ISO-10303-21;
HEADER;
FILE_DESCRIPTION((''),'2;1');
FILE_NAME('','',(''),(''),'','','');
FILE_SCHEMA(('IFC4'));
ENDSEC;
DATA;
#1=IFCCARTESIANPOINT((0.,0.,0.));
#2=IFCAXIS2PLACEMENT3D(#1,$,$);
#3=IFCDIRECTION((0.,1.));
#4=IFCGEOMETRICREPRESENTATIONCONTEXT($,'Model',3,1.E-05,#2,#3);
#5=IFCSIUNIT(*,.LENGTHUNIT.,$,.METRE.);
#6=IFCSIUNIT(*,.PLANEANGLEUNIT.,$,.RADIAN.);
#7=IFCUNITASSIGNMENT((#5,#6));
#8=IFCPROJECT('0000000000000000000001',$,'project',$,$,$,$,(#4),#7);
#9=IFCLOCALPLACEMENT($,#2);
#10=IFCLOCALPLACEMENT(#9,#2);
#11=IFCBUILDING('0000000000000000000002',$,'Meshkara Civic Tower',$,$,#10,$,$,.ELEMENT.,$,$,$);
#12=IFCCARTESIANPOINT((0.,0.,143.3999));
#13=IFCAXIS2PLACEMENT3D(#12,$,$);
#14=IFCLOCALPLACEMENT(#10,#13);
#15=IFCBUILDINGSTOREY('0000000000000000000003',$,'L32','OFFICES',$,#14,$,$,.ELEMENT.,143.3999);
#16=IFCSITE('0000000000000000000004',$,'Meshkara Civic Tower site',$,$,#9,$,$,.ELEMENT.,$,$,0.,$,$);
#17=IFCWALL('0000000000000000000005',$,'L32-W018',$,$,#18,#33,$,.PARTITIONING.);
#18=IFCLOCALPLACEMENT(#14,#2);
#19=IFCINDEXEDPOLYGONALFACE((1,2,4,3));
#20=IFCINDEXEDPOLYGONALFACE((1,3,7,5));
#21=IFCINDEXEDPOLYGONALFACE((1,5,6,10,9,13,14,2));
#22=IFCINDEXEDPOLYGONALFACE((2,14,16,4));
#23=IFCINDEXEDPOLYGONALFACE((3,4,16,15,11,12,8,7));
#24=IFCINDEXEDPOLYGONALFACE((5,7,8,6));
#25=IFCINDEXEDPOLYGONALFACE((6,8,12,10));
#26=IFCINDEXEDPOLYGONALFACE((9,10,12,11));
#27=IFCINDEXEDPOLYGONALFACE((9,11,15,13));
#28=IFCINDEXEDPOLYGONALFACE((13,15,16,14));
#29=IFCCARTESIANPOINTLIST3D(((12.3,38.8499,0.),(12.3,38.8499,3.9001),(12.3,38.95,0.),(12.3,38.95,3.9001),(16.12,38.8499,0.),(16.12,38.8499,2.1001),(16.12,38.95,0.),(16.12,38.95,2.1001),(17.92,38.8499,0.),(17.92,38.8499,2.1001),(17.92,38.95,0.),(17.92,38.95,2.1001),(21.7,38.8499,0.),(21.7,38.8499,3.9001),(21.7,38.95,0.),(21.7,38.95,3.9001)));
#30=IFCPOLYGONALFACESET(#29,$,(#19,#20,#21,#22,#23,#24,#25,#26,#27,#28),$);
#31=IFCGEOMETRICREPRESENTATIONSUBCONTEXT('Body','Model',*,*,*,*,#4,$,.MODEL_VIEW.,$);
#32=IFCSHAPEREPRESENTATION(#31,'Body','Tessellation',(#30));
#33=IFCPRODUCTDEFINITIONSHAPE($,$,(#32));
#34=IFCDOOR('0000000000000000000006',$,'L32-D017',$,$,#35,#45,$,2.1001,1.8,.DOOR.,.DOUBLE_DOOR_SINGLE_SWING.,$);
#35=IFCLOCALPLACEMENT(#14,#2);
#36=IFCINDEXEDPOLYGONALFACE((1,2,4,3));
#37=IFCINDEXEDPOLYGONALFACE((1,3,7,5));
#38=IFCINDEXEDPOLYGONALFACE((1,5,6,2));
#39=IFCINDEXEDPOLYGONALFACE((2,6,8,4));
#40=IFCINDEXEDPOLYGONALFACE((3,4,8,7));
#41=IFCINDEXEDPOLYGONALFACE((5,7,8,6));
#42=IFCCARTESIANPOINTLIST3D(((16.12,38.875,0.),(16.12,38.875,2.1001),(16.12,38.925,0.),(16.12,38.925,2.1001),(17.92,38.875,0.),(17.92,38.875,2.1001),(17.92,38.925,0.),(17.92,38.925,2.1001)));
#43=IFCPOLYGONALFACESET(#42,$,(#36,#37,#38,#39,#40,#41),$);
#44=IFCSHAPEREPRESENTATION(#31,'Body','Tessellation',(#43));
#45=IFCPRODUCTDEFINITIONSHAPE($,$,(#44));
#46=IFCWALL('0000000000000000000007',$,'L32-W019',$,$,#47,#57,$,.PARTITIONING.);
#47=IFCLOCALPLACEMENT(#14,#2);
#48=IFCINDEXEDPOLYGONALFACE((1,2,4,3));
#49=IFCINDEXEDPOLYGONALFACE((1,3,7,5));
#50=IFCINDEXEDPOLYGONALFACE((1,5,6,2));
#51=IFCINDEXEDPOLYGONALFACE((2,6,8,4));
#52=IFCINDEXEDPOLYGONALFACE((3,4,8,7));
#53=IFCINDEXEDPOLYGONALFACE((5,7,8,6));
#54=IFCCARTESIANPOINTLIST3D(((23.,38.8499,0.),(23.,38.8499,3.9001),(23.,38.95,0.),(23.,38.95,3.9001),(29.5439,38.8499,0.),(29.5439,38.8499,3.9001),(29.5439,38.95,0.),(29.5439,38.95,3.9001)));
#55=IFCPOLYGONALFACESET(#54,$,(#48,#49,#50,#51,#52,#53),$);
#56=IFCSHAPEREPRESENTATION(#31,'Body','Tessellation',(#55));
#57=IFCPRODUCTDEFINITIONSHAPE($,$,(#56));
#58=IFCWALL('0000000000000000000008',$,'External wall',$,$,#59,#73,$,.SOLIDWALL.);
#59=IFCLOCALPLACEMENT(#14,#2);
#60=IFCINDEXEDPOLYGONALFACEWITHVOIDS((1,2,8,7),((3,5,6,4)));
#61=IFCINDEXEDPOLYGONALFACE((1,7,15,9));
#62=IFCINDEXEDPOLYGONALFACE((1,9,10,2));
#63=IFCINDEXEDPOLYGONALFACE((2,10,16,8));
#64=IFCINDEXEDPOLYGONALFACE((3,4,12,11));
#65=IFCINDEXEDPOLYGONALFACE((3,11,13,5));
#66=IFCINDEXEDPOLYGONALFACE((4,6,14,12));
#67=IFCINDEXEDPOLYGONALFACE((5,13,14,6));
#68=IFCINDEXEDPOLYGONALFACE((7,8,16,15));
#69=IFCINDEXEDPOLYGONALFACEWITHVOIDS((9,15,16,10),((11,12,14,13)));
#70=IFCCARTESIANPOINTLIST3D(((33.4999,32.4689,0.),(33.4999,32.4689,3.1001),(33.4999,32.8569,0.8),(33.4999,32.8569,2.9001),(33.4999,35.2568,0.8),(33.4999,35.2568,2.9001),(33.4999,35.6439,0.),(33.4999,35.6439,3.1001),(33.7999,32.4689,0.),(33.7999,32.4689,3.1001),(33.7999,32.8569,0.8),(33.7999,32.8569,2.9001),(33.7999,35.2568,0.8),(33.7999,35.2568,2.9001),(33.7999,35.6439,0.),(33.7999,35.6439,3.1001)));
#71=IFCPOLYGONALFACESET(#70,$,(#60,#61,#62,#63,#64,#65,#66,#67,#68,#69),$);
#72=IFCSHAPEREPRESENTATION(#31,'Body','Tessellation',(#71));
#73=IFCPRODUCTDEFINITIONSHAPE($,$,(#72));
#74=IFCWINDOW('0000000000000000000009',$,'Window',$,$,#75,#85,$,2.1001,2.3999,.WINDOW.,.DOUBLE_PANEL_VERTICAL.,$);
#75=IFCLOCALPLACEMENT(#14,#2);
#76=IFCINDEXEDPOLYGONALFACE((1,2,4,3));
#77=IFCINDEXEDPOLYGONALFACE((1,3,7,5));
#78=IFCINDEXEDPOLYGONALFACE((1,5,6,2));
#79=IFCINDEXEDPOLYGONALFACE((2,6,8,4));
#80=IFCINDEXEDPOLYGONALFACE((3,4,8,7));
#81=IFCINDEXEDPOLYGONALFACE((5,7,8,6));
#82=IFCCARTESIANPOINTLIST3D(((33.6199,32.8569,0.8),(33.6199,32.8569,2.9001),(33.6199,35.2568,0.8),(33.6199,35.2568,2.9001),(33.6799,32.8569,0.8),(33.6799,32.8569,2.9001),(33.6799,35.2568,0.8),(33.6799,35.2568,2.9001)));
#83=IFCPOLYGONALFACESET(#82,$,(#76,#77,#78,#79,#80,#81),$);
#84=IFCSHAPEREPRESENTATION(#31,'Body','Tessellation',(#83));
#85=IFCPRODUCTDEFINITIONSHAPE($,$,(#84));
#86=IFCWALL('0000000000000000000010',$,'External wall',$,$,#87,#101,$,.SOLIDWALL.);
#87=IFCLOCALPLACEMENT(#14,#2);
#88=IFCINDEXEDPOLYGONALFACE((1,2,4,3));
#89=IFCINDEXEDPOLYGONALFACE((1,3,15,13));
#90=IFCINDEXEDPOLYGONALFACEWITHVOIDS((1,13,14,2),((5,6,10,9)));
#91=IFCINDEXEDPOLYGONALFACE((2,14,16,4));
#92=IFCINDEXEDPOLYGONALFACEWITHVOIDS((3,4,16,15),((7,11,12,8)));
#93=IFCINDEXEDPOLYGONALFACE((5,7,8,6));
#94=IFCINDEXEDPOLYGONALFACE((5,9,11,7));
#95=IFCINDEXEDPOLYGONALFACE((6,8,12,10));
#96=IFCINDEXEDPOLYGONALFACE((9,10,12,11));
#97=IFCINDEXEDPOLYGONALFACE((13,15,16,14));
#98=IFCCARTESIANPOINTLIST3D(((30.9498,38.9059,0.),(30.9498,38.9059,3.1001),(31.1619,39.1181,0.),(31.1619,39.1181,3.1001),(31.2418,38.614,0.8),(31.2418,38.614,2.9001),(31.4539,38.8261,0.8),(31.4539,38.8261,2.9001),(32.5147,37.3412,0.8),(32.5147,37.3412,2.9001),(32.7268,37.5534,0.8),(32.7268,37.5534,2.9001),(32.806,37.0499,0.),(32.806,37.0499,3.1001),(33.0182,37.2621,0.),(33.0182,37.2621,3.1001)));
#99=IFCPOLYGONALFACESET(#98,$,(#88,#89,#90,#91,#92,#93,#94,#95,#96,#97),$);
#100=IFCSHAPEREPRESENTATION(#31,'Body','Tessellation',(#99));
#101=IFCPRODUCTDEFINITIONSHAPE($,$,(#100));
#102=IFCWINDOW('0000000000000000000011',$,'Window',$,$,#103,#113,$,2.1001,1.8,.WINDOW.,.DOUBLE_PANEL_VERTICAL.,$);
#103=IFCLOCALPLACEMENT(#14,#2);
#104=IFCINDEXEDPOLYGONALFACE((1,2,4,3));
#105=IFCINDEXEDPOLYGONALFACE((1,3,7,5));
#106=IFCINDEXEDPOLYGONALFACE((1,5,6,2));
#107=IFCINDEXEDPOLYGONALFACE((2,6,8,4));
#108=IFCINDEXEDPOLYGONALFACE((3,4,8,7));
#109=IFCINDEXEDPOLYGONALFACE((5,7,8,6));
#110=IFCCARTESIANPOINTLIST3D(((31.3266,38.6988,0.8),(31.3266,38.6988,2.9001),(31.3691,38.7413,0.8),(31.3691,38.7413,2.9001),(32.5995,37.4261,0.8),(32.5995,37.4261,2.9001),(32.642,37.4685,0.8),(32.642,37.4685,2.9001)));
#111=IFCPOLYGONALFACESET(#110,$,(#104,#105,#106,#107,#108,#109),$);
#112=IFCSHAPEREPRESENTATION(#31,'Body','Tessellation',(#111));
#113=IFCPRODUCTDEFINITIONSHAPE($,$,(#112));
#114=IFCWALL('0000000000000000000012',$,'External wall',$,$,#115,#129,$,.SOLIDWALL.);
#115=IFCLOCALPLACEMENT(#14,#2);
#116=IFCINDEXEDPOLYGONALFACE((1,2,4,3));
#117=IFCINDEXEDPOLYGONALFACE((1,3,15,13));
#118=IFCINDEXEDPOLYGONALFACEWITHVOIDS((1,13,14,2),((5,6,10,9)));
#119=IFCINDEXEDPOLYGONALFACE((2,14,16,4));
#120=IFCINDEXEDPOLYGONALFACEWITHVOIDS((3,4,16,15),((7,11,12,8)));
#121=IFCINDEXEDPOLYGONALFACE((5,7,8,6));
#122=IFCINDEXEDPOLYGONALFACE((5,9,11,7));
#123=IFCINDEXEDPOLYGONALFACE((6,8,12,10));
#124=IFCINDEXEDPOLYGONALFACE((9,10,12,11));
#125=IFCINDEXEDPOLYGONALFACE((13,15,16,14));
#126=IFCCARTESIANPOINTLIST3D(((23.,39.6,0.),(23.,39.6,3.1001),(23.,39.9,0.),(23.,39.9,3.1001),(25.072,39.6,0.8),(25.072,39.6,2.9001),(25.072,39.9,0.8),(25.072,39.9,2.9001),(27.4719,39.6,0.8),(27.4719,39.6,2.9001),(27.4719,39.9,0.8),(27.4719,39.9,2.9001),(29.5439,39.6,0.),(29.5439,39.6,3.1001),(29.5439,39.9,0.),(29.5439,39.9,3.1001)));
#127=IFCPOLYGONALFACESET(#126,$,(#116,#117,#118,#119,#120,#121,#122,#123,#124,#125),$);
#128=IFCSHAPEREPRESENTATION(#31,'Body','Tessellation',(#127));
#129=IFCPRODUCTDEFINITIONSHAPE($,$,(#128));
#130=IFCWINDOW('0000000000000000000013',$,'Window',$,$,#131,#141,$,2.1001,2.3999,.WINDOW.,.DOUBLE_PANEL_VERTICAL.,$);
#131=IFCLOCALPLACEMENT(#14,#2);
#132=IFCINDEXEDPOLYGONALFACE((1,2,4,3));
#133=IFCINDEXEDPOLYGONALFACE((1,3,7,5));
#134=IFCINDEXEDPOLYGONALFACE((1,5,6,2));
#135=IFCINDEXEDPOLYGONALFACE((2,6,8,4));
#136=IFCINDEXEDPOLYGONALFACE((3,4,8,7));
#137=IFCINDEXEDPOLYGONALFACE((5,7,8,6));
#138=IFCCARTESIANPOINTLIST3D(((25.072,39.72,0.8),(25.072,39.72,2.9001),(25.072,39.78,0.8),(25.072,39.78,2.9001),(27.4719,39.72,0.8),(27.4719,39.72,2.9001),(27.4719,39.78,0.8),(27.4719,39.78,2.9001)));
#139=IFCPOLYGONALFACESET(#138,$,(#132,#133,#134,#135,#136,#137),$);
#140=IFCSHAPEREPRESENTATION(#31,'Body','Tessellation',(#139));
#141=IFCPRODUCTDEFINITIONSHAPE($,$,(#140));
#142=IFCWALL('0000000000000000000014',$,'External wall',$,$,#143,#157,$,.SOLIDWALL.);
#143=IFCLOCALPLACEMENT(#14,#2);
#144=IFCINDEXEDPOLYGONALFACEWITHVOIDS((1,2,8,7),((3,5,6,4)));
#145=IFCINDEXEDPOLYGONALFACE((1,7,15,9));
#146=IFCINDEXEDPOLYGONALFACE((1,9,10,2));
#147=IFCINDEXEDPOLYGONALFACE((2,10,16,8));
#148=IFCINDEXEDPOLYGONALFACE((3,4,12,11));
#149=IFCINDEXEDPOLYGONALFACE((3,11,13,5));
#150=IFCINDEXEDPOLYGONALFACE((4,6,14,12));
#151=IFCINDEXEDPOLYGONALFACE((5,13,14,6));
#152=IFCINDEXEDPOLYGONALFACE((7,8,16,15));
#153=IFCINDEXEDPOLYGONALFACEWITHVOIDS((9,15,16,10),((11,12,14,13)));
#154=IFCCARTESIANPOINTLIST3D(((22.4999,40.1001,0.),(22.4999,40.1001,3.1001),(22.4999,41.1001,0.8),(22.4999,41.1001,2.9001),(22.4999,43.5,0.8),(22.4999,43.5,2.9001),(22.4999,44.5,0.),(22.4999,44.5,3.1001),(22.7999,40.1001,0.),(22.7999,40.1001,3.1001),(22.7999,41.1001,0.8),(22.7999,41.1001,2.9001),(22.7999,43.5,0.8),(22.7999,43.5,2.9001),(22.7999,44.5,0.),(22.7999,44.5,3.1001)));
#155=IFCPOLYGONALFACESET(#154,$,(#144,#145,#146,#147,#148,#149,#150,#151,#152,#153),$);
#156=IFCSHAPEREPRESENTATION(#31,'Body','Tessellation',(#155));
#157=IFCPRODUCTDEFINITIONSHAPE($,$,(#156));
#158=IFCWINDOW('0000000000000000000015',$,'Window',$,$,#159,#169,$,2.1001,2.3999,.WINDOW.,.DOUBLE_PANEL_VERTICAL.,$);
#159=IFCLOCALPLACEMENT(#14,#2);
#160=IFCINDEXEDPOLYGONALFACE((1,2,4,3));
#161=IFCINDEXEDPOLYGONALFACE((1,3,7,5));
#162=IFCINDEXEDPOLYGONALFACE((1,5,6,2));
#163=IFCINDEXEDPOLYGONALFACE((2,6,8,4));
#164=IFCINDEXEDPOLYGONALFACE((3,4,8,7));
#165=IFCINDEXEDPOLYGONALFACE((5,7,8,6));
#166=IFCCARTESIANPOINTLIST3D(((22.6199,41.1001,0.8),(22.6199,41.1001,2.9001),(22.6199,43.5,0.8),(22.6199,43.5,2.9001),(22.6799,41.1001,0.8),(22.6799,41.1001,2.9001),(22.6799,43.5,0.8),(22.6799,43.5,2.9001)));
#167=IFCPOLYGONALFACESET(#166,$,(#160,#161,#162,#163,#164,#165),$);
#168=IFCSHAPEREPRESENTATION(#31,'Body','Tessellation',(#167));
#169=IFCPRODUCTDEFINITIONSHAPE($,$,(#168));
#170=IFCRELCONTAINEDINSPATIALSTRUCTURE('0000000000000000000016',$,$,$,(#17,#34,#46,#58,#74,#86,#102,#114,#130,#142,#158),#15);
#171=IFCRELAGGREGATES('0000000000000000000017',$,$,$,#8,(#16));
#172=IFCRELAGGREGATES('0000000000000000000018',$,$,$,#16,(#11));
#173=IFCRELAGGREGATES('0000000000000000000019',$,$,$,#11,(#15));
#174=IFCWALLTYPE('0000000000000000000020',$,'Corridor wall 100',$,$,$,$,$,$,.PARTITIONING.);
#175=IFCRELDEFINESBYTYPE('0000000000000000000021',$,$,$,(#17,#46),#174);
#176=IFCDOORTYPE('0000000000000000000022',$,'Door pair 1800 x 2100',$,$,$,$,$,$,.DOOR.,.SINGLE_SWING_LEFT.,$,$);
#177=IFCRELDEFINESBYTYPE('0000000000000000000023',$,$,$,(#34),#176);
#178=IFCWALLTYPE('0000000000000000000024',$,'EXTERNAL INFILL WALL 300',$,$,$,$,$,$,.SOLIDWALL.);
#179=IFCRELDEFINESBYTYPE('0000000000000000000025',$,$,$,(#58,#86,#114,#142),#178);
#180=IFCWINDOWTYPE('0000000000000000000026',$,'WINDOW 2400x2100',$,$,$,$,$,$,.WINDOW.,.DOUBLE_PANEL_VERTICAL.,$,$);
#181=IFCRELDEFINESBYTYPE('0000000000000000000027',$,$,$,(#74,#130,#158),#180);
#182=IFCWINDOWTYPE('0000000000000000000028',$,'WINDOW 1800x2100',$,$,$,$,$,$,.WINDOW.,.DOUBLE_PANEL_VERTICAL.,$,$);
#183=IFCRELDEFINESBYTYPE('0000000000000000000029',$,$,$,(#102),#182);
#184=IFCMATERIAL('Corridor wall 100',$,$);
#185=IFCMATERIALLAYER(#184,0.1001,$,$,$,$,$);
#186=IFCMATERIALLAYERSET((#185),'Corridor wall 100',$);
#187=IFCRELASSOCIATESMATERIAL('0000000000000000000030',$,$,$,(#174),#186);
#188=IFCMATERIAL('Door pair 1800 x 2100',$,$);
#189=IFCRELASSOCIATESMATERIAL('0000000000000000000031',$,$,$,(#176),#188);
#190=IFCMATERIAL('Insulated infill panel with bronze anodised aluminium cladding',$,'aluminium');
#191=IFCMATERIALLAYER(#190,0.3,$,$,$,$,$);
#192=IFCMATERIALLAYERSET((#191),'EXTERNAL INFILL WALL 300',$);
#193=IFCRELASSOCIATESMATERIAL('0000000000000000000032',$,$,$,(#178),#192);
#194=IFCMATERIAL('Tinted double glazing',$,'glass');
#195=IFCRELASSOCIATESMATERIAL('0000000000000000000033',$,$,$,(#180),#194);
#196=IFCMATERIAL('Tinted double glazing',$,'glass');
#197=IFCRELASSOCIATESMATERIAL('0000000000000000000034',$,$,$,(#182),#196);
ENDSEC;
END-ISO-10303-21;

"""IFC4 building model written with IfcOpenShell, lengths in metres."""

from ifc_helpers import new_model, si_unit, direction, frame, frame_2d, origin, place, context, subcontext, project, spatial, rectangle, extrude, material, layer, layer_set, type_object, element, fill, save


model = new_model("IFC4")

# Units and contexts
model_context = context("Model", 3, precision=1e-05, world=origin(), true_north=direction((0.0, 1.0)))
body_context = subcontext(model_context, "Body", "Model", "MODEL_VIEW")
ifc_project = project(units=[si_unit("LENGTHUNIT", "METRE"), si_unit("PLANEANGLEUNIT", "RADIAN")], contexts=[model_context])

# Site, building, storey
site_placement = place(None, origin())
site = spatial("IfcSite", under=ifc_project, at=site_placement, Name="Meshkara Civic Tower site", CompositionType="ELEMENT", RefElevation=0.0)
building_placement = place(site_placement, origin())
building = spatial("IfcBuilding", under=site, at=building_placement, Name="Meshkara Civic Tower", CompositionType="ELEMENT")
storey_placement = place(building_placement, frame((0.0, 0.0, 143.3999)))
storey = spatial("IfcBuildingStorey", under=building, at=storey_placement, Name="L32", Description="OFFICES", CompositionType="ELEMENT", Elevation=143.3999)

# Wall, opening, door
ifc_material_1 = material(Name="Corridor wall 100")
ifc_layer_1 = layer(ifc_material_1, 0.1001)
ifc_layer_set_1 = layer_set([ifc_layer_1], Name="Corridor wall 100")
wall_type_1 = type_object("IfcWallType", Name="Corridor wall 100", PredefinedType="PARTITIONING", material=ifc_layer_set_1)
wall_1_placement = place(storey_placement, frame((21.7, 38.8999, 0.0), z_axis=(0.0, 0.0, 1.0), x_axis=(-1.0, 0.0, 0.0)))
wall_1 = element("IfcWall", 1, at=wall_1_placement, inside=storey, type_object=wall_type_1, Name="L32-W018", PredefinedType="PARTITIONING", context=body_context, shape_type="SweptSolid", body=[
    extrude(rectangle(XDim=9.3999, YDim=0.1001, at=frame_2d((4.7, 0.0))), origin(), (0.0, 0.0, 1.0), 3.9001),
])
opening_1_placement = place(wall_1_placement, frame((3.78, 0.0, 0.0)))
opening_1 = element("IfcOpeningElement", 2, at=opening_1_placement, cuts=wall_1, PredefinedType="OPENING", context=body_context, shape_type="SweptSolid", body=[
    extrude(rectangle(XDim=1.8, YDim=2.1001, at=frame_2d((0.8999, 1.05))), frame((0.0, 0.0601, 0.0), z_axis=(0.0, -1.0, 0.0), x_axis=(1.0, 0.0, 0.0)), (0.0, 0.0, 1.0), 0.1201),
])
ifc_material_2 = material(Name="Door pair 1800 x 2100")
door_type_1 = type_object("IfcDoorType", Name="Door pair 1800 x 2100", OperationType="SINGLE_SWING_LEFT", PredefinedType="DOOR", material=ifc_material_2)
door_1_placement = place(opening_1_placement, origin())
door_1 = element("IfcDoor", 3, at=door_1_placement, inside=storey, type_object=door_type_1, Name="L32-D017", OperationType="DOUBLE_DOOR_SINGLE_SWING", OverallHeight=2.1001, OverallWidth=1.8, PredefinedType="DOOR", context=body_context, shape_type="SweptSolid", body=[
    extrude(rectangle(XDim=1.8, YDim=2.1001, at=frame_2d((0.8999, 1.05))), frame((0.0, 0.0249, 0.0), z_axis=(0.0, -1.0, 0.0), x_axis=(1.0, 0.0, 0.0)), (0.0, 0.0, 1.0), 0.05),
])
fill(opening_1, door_1)

# Wall
wall_2_placement = place(storey_placement, frame((29.5439, 38.8999, 0.0), z_axis=(0.0, 0.0, 1.0), x_axis=(-1.0, 0.0, 0.0)))
element("IfcWall", 4, at=wall_2_placement, inside=storey, type_object=wall_type_1, Name="L32-W019", PredefinedType="PARTITIONING", context=body_context, shape_type="SweptSolid", body=[
    extrude(rectangle(XDim=6.5439, YDim=0.1001, at=frame_2d((3.272, 0.0))), origin(), (0.0, 0.0, 1.0), 3.9001),
])

# Walls, openings, windows
ifc_material_3 = material(Name="Insulated infill panel with bronze anodised aluminium cladding", Category="aluminium")
ifc_layer_2 = layer(ifc_material_3, 0.3)
ifc_layer_set_2 = layer_set([ifc_layer_2], Name="EXTERNAL INFILL WALL 300")
wall_type_2 = type_object("IfcWallType", Name="EXTERNAL INFILL WALL 300", PredefinedType="SOLIDWALL", material=ifc_layer_set_2)
wall_3_placement = place(storey_placement, frame((33.6499, 32.469, 0.0), z_axis=(0.0, 0.0, 1.0), x_axis=(0.0, 1.0, 0.0)))
wall_3 = element("IfcWall", 5, at=wall_3_placement, inside=storey, type_object=wall_type_2, Name="External wall", PredefinedType="SOLIDWALL", context=body_context, shape_type="SweptSolid", body=[
    extrude(rectangle(XDim=3.175, YDim=0.3, at=frame_2d((1.5874, 0.0))), origin(), (0.0, 0.0, 1.0), 3.1001),
])
opening_2_placement = place(wall_3_placement, frame((0.3879, 0.0, 0.8)))
opening_2 = element("IfcOpeningElement", 6, at=opening_2_placement, cuts=wall_3, PredefinedType="OPENING", context=body_context, shape_type="SweptSolid", body=[
    extrude(rectangle(XDim=2.3999, YDim=2.1001, at=frame_2d((1.2, 1.05))), frame((0.0, 0.1599, 0.0), z_axis=(0.0, -1.0, 0.0), x_axis=(1.0, 0.0, 0.0)), (0.0, 0.0, 1.0), 0.3201),
])
ifc_material_4 = material(Name="Tinted double glazing", Category="glass")
window_type_1 = type_object("IfcWindowType", Name="WINDOW 2400x2100", PartitioningType="DOUBLE_PANEL_VERTICAL", PredefinedType="WINDOW", material=ifc_material_4)
window_1_placement = place(opening_2_placement, origin())
window_1 = element("IfcWindow", 7, at=window_1_placement, inside=storey, type_object=window_type_1, Name="Window", OverallHeight=2.1001, OverallWidth=2.3999, PartitioningType="DOUBLE_PANEL_VERTICAL", PredefinedType="WINDOW", context=body_context, shape_type="SweptSolid", body=[
    extrude(rectangle(XDim=2.3999, YDim=2.1001, at=frame_2d((1.2, 1.05))), frame((0.0, 0.03, 0.0), z_axis=(0.0, -1.0, 0.0), x_axis=(1.0, 0.0, 0.0)), (0.0, 0.0, 1.0), 0.0601),
])
fill(opening_2, window_1)
wall_4_placement = place(storey_placement, frame((32.9121, 37.156, 0.0), z_axis=(0.0, 0.0, 1.0), x_axis=(-0.707153, 0.70706, 0.0)))
wall_4 = element("IfcWall", 8, at=wall_4_placement, inside=storey, type_object=wall_type_2, Name="External wall", PredefinedType="SOLIDWALL", context=body_context, shape_type="SweptSolid", body=[
    extrude(rectangle(XDim=2.625, YDim=0.3, at=frame_2d((1.3125, 0.0))), origin(), (0.0, 0.0, 1.0), 3.1001),
])
opening_3_placement = place(wall_4_placement, frame((0.4121, 0.0, 0.8)))
opening_3 = element("IfcOpeningElement", 9, at=opening_3_placement, cuts=wall_4, PredefinedType="OPENING", context=body_context, shape_type="SweptSolid", body=[
    extrude(rectangle(XDim=1.8, YDim=2.1001, at=frame_2d((0.8999, 1.05))), frame((0.0, 0.1599, 0.0), z_axis=(0.0, -1.0, 0.0), x_axis=(1.0, 0.0, 0.0)), (0.0, 0.0, 1.0), 0.3201),
])
ifc_material_5 = material(Name="Tinted double glazing", Category="glass")
window_type_2 = type_object("IfcWindowType", Name="WINDOW 1800x2100", PartitioningType="DOUBLE_PANEL_VERTICAL", PredefinedType="WINDOW", material=ifc_material_5)
window_2_placement = place(opening_3_placement, origin())
window_2 = element("IfcWindow", 10, at=window_2_placement, inside=storey, type_object=window_type_2, Name="Window", OverallHeight=2.1001, OverallWidth=1.8, PartitioningType="DOUBLE_PANEL_VERTICAL", PredefinedType="WINDOW", context=body_context, shape_type="SweptSolid", body=[
    extrude(rectangle(XDim=1.8, YDim=2.1001, at=frame_2d((0.8999, 1.05))), frame((0.0, 0.03, 0.0), z_axis=(0.0, -1.0, 0.0), x_axis=(1.0, 0.0, 0.0)), (0.0, 0.0, 1.0), 0.0601),
])
fill(opening_3, window_2)
wall_5_placement = place(storey_placement, frame((29.5439, 39.75, 0.0), z_axis=(0.0, 0.0, 1.0), x_axis=(-1.0, 0.0, 0.0)))
wall_5 = element("IfcWall", 11, at=wall_5_placement, inside=storey, type_object=wall_type_2, Name="External wall", PredefinedType="SOLIDWALL", context=body_context, shape_type="SweptSolid", body=[
    extrude(rectangle(XDim=6.5439, YDim=0.3, at=frame_2d((3.272, 0.0))), origin(), (0.0, 0.0, 1.0), 3.1001),
])
opening_4_placement = place(wall_5_placement, frame((2.072, 0.0, 0.8)))
opening_4 = element("IfcOpeningElement", 12, at=opening_4_placement, cuts=wall_5, PredefinedType="OPENING", context=body_context, shape_type="SweptSolid", body=[
    extrude(rectangle(XDim=2.3999, YDim=2.1001, at=frame_2d((1.2, 1.05))), frame((0.0, 0.1599, 0.0), z_axis=(0.0, -1.0, 0.0), x_axis=(1.0, 0.0, 0.0)), (0.0, 0.0, 1.0), 0.3201),
])
window_3_placement = place(opening_4_placement, origin())
window_3 = element("IfcWindow", 13, at=window_3_placement, inside=storey, type_object=window_type_1, Name="Window", OverallHeight=2.1001, OverallWidth=2.3999, PartitioningType="DOUBLE_PANEL_VERTICAL", PredefinedType="WINDOW", context=body_context, shape_type="SweptSolid", body=[
    extrude(rectangle(XDim=2.3999, YDim=2.1001, at=frame_2d((1.2, 1.05))), frame((0.0, 0.03, 0.0), z_axis=(0.0, -1.0, 0.0), x_axis=(1.0, 0.0, 0.0)), (0.0, 0.0, 1.0), 0.0601),
])
fill(opening_4, window_3)
wall_6_placement = place(storey_placement, frame((22.6499, 40.1001, 0.0), z_axis=(0.0, 0.0, 1.0), x_axis=(0.0, 1.0, 0.0)))
wall_6 = element("IfcWall", 14, at=wall_6_placement, inside=storey, type_object=wall_type_2, Name="External wall", PredefinedType="SOLIDWALL", context=body_context, shape_type="SweptSolid", body=[
    extrude(rectangle(XDim=4.3999, YDim=0.3, at=frame_2d((2.2, 0.0))), origin(), (0.0, 0.0, 1.0), 3.1001),
])
opening_5_placement = place(wall_6_placement, frame((1.0, 0.0, 0.8)))
opening_5 = element("IfcOpeningElement", 15, at=opening_5_placement, cuts=wall_6, PredefinedType="OPENING", context=body_context, shape_type="SweptSolid", body=[
    extrude(rectangle(XDim=2.3999, YDim=2.1001, at=frame_2d((1.2, 1.05))), frame((0.0, 0.1599, 0.0), z_axis=(0.0, -1.0, 0.0), x_axis=(1.0, 0.0, 0.0)), (0.0, 0.0, 1.0), 0.3201),
])
window_4_placement = place(opening_5_placement, origin())
window_4 = element("IfcWindow", 16, at=window_4_placement, inside=storey, type_object=window_type_1, Name="Window", OverallHeight=2.1001, OverallWidth=2.3999, PartitioningType="DOUBLE_PANEL_VERTICAL", PredefinedType="WINDOW", context=body_context, shape_type="SweptSolid", body=[
    extrude(rectangle(XDim=2.3999, YDim=2.1001, at=frame_2d((1.2, 1.05))), frame((0.0, 0.03, 0.0), z_axis=(0.0, -1.0, 0.0), x_axis=(1.0, 0.0, 0.0)), (0.0, 0.0, 1.0), 0.0601),
])
fill(opening_5, window_4)

save(model, "model.ifc")
